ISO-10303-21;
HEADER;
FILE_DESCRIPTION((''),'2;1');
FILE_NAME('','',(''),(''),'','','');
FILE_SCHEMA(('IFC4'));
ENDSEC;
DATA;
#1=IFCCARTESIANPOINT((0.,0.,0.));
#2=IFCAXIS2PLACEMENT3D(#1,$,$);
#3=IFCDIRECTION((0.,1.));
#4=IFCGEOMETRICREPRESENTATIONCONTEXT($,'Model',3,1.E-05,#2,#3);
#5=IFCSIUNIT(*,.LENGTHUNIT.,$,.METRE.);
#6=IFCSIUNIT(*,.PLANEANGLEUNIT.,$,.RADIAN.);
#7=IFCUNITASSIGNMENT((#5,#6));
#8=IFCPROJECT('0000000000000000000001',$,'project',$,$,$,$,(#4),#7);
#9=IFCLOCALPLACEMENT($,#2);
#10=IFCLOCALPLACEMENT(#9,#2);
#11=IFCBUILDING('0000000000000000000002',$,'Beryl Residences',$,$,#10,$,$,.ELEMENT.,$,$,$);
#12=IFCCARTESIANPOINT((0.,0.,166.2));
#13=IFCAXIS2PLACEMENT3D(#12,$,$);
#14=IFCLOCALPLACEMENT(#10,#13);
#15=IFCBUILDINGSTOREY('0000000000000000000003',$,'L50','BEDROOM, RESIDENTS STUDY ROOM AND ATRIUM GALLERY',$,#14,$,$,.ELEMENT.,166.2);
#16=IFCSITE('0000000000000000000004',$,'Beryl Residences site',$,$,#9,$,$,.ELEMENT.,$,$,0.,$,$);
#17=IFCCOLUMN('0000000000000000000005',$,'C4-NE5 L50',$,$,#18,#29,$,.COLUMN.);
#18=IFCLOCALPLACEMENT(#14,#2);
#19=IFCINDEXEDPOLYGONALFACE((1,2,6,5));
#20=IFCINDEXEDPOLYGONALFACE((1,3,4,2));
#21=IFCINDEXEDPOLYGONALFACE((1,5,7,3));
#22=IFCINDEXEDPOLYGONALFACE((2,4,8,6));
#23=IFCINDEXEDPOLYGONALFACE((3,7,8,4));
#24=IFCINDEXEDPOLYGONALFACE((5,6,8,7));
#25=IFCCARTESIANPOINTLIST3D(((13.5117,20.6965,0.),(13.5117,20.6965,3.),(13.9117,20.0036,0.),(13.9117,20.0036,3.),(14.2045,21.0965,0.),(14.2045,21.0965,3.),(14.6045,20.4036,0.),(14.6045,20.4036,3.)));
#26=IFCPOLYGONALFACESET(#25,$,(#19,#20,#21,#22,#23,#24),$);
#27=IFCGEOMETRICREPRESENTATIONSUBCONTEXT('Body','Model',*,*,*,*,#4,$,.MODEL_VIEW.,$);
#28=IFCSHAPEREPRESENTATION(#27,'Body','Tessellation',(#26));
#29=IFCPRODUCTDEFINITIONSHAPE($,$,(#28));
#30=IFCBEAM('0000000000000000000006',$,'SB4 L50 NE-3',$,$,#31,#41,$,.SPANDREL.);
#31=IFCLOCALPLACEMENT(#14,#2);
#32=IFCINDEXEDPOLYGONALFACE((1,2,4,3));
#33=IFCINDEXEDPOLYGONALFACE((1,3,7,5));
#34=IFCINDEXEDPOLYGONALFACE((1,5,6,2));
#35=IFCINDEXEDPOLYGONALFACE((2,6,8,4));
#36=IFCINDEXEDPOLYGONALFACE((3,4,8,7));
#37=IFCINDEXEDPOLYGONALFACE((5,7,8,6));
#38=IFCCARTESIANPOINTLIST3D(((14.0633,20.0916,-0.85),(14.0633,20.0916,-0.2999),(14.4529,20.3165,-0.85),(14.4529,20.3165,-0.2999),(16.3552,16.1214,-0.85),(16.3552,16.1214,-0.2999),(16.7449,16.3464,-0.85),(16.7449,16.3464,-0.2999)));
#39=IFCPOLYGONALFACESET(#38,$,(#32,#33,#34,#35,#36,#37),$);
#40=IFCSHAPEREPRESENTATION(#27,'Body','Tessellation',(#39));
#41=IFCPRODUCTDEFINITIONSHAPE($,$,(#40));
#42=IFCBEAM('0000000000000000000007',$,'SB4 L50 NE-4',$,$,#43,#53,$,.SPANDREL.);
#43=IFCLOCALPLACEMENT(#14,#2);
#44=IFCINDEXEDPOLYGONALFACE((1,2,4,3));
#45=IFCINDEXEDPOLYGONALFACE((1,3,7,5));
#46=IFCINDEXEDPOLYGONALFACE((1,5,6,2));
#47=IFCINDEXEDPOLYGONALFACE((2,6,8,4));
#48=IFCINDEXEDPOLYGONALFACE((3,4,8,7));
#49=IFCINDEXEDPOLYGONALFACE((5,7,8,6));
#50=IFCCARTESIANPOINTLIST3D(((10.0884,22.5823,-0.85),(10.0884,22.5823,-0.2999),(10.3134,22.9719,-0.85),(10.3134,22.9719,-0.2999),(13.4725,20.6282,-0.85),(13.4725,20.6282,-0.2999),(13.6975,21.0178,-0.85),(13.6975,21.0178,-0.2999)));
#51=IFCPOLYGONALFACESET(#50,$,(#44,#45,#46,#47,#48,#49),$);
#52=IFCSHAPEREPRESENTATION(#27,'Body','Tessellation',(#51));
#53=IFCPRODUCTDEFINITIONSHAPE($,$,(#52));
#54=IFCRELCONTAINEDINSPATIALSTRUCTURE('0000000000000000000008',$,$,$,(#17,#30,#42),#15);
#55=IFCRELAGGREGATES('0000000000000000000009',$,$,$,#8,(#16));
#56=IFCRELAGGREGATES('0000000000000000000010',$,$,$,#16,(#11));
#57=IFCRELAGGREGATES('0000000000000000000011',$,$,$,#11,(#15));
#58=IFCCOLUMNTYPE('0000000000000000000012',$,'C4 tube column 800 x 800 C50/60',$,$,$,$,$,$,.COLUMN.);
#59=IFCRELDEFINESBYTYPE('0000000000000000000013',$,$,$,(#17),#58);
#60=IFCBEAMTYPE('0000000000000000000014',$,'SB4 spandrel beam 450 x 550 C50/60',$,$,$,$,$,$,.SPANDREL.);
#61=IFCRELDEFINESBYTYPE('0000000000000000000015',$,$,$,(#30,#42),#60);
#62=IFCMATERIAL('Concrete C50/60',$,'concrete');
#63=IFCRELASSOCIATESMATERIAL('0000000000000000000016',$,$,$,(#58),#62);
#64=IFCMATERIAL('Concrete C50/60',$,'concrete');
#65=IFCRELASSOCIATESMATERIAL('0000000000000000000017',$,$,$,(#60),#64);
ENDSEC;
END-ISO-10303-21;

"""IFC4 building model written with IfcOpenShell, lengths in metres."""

from ifc_helpers import new_model, si_unit, direction, frame, origin, origin_2d, place, context, subcontext, project, spatial, rectangle, extrude, material, material_profile, profile_set, type_object, element, save


model = new_model("IFC4")

# Units and contexts
model_context = context("Model", 3, precision=1e-05, world=origin(), true_north=direction((0.0, 1.0)))
body_context = subcontext(model_context, "Body", "Model", "MODEL_VIEW")
ifc_project = project(units=[si_unit("LENGTHUNIT", "METRE"), si_unit("PLANEANGLEUNIT", "RADIAN")], contexts=[model_context])

# Site, building, storey
site_placement = place(None, origin())
site = spatial("IfcSite", under=ifc_project, at=site_placement, Name="Beryl Residences site", CompositionType="ELEMENT", RefElevation=0.0)
building_placement = place(site_placement, origin())
building = spatial("IfcBuilding", under=site, at=building_placement, Name="Beryl Residences", CompositionType="ELEMENT")
storey_placement = place(building_placement, frame((0.0, 0.0, 166.2)))
storey = spatial("IfcBuildingStorey", under=building, at=storey_placement, Name="L50", Description="BEDROOM, RESIDENTS STUDY ROOM AND ATRIUM GALLERY", CompositionType="ELEMENT", Elevation=166.2)

# Column
ifc_material_1 = material(Name="Concrete C50/60", Category="concrete")
ifc_material_profile_1 = material_profile(ifc_material_1, rectangle(XDim=0.8, YDim=0.8, at=origin_2d()))
ifc_profile_set_1 = profile_set([ifc_material_profile_1], Name="Concrete C50/60")
column_type = type_object("IfcColumnType", Name="C4 tube column 800 x 800 C50/60", PredefinedType="COLUMN", material=ifc_profile_set_1)
column_placement = place(storey_placement, frame((14.0581, 20.55, 0.0), z_axis=(0.0, 0.0, 1.0), x_axis=(-0.5, 0.866025, 0.0)))
element("IfcColumn", 1, at=column_placement, inside=storey, type_object=column_type, Name="C4-NE5 L50", PredefinedType="COLUMN", context=body_context, shape_type="SweptSolid", body=[
    extrude(rectangle(XDim=0.8, YDim=0.8, at=origin_2d()), origin(), (0.0, 0.0, 1.0), 3.0),
])

# Beams
ifc_material_2 = material(Name="Concrete C50/60", Category="concrete")
ifc_material_profile_2 = material_profile(ifc_material_2, rectangle(XDim=0.45, YDim=0.55, at=origin_2d()))
ifc_profile_set_2 = profile_set([ifc_material_profile_2], Name="Concrete C50/60")
beam_type = type_object("IfcBeamType", Name="SB4 spandrel beam 450 x 550 C50/60", PredefinedType="SPANDREL", material=ifc_profile_set_2)
beam_1_placement = place(storey_placement, frame((16.55, 16.2339, -0.575), z_axis=(-0.499965, 0.866045, 0.0), x_axis=(-0.866045, -0.499965, 0.0)))
element("IfcBeam", 2, at=beam_1_placement, inside=storey, type_object=beam_type, Name="SB4 L50 NE-3", PredefinedType="SPANDREL", context=body_context, shape_type="SweptSolid", body=[
    extrude(rectangle(XDim=0.45, YDim=0.55, at=origin_2d()), origin(), (0.0, 0.0, 1.0), 4.5842),
])
beam_2_placement = place(storey_placement, frame((13.585, 20.823, -0.575), z_axis=(-0.865989, 0.500063, 0.0), x_axis=(-0.500063, -0.865989, 0.0)))
element("IfcBeam", 3, at=beam_2_placement, inside=storey, type_object=beam_type, Name="SB4 L50 NE-4", PredefinedType="SPANDREL", context=body_context, shape_type="SweptSolid", body=[
    extrude(rectangle(XDim=0.45, YDim=0.55, at=origin_2d()), origin(), (0.0, 0.0, 1.0), 3.9077),
])

save(model, "model.ifc")
